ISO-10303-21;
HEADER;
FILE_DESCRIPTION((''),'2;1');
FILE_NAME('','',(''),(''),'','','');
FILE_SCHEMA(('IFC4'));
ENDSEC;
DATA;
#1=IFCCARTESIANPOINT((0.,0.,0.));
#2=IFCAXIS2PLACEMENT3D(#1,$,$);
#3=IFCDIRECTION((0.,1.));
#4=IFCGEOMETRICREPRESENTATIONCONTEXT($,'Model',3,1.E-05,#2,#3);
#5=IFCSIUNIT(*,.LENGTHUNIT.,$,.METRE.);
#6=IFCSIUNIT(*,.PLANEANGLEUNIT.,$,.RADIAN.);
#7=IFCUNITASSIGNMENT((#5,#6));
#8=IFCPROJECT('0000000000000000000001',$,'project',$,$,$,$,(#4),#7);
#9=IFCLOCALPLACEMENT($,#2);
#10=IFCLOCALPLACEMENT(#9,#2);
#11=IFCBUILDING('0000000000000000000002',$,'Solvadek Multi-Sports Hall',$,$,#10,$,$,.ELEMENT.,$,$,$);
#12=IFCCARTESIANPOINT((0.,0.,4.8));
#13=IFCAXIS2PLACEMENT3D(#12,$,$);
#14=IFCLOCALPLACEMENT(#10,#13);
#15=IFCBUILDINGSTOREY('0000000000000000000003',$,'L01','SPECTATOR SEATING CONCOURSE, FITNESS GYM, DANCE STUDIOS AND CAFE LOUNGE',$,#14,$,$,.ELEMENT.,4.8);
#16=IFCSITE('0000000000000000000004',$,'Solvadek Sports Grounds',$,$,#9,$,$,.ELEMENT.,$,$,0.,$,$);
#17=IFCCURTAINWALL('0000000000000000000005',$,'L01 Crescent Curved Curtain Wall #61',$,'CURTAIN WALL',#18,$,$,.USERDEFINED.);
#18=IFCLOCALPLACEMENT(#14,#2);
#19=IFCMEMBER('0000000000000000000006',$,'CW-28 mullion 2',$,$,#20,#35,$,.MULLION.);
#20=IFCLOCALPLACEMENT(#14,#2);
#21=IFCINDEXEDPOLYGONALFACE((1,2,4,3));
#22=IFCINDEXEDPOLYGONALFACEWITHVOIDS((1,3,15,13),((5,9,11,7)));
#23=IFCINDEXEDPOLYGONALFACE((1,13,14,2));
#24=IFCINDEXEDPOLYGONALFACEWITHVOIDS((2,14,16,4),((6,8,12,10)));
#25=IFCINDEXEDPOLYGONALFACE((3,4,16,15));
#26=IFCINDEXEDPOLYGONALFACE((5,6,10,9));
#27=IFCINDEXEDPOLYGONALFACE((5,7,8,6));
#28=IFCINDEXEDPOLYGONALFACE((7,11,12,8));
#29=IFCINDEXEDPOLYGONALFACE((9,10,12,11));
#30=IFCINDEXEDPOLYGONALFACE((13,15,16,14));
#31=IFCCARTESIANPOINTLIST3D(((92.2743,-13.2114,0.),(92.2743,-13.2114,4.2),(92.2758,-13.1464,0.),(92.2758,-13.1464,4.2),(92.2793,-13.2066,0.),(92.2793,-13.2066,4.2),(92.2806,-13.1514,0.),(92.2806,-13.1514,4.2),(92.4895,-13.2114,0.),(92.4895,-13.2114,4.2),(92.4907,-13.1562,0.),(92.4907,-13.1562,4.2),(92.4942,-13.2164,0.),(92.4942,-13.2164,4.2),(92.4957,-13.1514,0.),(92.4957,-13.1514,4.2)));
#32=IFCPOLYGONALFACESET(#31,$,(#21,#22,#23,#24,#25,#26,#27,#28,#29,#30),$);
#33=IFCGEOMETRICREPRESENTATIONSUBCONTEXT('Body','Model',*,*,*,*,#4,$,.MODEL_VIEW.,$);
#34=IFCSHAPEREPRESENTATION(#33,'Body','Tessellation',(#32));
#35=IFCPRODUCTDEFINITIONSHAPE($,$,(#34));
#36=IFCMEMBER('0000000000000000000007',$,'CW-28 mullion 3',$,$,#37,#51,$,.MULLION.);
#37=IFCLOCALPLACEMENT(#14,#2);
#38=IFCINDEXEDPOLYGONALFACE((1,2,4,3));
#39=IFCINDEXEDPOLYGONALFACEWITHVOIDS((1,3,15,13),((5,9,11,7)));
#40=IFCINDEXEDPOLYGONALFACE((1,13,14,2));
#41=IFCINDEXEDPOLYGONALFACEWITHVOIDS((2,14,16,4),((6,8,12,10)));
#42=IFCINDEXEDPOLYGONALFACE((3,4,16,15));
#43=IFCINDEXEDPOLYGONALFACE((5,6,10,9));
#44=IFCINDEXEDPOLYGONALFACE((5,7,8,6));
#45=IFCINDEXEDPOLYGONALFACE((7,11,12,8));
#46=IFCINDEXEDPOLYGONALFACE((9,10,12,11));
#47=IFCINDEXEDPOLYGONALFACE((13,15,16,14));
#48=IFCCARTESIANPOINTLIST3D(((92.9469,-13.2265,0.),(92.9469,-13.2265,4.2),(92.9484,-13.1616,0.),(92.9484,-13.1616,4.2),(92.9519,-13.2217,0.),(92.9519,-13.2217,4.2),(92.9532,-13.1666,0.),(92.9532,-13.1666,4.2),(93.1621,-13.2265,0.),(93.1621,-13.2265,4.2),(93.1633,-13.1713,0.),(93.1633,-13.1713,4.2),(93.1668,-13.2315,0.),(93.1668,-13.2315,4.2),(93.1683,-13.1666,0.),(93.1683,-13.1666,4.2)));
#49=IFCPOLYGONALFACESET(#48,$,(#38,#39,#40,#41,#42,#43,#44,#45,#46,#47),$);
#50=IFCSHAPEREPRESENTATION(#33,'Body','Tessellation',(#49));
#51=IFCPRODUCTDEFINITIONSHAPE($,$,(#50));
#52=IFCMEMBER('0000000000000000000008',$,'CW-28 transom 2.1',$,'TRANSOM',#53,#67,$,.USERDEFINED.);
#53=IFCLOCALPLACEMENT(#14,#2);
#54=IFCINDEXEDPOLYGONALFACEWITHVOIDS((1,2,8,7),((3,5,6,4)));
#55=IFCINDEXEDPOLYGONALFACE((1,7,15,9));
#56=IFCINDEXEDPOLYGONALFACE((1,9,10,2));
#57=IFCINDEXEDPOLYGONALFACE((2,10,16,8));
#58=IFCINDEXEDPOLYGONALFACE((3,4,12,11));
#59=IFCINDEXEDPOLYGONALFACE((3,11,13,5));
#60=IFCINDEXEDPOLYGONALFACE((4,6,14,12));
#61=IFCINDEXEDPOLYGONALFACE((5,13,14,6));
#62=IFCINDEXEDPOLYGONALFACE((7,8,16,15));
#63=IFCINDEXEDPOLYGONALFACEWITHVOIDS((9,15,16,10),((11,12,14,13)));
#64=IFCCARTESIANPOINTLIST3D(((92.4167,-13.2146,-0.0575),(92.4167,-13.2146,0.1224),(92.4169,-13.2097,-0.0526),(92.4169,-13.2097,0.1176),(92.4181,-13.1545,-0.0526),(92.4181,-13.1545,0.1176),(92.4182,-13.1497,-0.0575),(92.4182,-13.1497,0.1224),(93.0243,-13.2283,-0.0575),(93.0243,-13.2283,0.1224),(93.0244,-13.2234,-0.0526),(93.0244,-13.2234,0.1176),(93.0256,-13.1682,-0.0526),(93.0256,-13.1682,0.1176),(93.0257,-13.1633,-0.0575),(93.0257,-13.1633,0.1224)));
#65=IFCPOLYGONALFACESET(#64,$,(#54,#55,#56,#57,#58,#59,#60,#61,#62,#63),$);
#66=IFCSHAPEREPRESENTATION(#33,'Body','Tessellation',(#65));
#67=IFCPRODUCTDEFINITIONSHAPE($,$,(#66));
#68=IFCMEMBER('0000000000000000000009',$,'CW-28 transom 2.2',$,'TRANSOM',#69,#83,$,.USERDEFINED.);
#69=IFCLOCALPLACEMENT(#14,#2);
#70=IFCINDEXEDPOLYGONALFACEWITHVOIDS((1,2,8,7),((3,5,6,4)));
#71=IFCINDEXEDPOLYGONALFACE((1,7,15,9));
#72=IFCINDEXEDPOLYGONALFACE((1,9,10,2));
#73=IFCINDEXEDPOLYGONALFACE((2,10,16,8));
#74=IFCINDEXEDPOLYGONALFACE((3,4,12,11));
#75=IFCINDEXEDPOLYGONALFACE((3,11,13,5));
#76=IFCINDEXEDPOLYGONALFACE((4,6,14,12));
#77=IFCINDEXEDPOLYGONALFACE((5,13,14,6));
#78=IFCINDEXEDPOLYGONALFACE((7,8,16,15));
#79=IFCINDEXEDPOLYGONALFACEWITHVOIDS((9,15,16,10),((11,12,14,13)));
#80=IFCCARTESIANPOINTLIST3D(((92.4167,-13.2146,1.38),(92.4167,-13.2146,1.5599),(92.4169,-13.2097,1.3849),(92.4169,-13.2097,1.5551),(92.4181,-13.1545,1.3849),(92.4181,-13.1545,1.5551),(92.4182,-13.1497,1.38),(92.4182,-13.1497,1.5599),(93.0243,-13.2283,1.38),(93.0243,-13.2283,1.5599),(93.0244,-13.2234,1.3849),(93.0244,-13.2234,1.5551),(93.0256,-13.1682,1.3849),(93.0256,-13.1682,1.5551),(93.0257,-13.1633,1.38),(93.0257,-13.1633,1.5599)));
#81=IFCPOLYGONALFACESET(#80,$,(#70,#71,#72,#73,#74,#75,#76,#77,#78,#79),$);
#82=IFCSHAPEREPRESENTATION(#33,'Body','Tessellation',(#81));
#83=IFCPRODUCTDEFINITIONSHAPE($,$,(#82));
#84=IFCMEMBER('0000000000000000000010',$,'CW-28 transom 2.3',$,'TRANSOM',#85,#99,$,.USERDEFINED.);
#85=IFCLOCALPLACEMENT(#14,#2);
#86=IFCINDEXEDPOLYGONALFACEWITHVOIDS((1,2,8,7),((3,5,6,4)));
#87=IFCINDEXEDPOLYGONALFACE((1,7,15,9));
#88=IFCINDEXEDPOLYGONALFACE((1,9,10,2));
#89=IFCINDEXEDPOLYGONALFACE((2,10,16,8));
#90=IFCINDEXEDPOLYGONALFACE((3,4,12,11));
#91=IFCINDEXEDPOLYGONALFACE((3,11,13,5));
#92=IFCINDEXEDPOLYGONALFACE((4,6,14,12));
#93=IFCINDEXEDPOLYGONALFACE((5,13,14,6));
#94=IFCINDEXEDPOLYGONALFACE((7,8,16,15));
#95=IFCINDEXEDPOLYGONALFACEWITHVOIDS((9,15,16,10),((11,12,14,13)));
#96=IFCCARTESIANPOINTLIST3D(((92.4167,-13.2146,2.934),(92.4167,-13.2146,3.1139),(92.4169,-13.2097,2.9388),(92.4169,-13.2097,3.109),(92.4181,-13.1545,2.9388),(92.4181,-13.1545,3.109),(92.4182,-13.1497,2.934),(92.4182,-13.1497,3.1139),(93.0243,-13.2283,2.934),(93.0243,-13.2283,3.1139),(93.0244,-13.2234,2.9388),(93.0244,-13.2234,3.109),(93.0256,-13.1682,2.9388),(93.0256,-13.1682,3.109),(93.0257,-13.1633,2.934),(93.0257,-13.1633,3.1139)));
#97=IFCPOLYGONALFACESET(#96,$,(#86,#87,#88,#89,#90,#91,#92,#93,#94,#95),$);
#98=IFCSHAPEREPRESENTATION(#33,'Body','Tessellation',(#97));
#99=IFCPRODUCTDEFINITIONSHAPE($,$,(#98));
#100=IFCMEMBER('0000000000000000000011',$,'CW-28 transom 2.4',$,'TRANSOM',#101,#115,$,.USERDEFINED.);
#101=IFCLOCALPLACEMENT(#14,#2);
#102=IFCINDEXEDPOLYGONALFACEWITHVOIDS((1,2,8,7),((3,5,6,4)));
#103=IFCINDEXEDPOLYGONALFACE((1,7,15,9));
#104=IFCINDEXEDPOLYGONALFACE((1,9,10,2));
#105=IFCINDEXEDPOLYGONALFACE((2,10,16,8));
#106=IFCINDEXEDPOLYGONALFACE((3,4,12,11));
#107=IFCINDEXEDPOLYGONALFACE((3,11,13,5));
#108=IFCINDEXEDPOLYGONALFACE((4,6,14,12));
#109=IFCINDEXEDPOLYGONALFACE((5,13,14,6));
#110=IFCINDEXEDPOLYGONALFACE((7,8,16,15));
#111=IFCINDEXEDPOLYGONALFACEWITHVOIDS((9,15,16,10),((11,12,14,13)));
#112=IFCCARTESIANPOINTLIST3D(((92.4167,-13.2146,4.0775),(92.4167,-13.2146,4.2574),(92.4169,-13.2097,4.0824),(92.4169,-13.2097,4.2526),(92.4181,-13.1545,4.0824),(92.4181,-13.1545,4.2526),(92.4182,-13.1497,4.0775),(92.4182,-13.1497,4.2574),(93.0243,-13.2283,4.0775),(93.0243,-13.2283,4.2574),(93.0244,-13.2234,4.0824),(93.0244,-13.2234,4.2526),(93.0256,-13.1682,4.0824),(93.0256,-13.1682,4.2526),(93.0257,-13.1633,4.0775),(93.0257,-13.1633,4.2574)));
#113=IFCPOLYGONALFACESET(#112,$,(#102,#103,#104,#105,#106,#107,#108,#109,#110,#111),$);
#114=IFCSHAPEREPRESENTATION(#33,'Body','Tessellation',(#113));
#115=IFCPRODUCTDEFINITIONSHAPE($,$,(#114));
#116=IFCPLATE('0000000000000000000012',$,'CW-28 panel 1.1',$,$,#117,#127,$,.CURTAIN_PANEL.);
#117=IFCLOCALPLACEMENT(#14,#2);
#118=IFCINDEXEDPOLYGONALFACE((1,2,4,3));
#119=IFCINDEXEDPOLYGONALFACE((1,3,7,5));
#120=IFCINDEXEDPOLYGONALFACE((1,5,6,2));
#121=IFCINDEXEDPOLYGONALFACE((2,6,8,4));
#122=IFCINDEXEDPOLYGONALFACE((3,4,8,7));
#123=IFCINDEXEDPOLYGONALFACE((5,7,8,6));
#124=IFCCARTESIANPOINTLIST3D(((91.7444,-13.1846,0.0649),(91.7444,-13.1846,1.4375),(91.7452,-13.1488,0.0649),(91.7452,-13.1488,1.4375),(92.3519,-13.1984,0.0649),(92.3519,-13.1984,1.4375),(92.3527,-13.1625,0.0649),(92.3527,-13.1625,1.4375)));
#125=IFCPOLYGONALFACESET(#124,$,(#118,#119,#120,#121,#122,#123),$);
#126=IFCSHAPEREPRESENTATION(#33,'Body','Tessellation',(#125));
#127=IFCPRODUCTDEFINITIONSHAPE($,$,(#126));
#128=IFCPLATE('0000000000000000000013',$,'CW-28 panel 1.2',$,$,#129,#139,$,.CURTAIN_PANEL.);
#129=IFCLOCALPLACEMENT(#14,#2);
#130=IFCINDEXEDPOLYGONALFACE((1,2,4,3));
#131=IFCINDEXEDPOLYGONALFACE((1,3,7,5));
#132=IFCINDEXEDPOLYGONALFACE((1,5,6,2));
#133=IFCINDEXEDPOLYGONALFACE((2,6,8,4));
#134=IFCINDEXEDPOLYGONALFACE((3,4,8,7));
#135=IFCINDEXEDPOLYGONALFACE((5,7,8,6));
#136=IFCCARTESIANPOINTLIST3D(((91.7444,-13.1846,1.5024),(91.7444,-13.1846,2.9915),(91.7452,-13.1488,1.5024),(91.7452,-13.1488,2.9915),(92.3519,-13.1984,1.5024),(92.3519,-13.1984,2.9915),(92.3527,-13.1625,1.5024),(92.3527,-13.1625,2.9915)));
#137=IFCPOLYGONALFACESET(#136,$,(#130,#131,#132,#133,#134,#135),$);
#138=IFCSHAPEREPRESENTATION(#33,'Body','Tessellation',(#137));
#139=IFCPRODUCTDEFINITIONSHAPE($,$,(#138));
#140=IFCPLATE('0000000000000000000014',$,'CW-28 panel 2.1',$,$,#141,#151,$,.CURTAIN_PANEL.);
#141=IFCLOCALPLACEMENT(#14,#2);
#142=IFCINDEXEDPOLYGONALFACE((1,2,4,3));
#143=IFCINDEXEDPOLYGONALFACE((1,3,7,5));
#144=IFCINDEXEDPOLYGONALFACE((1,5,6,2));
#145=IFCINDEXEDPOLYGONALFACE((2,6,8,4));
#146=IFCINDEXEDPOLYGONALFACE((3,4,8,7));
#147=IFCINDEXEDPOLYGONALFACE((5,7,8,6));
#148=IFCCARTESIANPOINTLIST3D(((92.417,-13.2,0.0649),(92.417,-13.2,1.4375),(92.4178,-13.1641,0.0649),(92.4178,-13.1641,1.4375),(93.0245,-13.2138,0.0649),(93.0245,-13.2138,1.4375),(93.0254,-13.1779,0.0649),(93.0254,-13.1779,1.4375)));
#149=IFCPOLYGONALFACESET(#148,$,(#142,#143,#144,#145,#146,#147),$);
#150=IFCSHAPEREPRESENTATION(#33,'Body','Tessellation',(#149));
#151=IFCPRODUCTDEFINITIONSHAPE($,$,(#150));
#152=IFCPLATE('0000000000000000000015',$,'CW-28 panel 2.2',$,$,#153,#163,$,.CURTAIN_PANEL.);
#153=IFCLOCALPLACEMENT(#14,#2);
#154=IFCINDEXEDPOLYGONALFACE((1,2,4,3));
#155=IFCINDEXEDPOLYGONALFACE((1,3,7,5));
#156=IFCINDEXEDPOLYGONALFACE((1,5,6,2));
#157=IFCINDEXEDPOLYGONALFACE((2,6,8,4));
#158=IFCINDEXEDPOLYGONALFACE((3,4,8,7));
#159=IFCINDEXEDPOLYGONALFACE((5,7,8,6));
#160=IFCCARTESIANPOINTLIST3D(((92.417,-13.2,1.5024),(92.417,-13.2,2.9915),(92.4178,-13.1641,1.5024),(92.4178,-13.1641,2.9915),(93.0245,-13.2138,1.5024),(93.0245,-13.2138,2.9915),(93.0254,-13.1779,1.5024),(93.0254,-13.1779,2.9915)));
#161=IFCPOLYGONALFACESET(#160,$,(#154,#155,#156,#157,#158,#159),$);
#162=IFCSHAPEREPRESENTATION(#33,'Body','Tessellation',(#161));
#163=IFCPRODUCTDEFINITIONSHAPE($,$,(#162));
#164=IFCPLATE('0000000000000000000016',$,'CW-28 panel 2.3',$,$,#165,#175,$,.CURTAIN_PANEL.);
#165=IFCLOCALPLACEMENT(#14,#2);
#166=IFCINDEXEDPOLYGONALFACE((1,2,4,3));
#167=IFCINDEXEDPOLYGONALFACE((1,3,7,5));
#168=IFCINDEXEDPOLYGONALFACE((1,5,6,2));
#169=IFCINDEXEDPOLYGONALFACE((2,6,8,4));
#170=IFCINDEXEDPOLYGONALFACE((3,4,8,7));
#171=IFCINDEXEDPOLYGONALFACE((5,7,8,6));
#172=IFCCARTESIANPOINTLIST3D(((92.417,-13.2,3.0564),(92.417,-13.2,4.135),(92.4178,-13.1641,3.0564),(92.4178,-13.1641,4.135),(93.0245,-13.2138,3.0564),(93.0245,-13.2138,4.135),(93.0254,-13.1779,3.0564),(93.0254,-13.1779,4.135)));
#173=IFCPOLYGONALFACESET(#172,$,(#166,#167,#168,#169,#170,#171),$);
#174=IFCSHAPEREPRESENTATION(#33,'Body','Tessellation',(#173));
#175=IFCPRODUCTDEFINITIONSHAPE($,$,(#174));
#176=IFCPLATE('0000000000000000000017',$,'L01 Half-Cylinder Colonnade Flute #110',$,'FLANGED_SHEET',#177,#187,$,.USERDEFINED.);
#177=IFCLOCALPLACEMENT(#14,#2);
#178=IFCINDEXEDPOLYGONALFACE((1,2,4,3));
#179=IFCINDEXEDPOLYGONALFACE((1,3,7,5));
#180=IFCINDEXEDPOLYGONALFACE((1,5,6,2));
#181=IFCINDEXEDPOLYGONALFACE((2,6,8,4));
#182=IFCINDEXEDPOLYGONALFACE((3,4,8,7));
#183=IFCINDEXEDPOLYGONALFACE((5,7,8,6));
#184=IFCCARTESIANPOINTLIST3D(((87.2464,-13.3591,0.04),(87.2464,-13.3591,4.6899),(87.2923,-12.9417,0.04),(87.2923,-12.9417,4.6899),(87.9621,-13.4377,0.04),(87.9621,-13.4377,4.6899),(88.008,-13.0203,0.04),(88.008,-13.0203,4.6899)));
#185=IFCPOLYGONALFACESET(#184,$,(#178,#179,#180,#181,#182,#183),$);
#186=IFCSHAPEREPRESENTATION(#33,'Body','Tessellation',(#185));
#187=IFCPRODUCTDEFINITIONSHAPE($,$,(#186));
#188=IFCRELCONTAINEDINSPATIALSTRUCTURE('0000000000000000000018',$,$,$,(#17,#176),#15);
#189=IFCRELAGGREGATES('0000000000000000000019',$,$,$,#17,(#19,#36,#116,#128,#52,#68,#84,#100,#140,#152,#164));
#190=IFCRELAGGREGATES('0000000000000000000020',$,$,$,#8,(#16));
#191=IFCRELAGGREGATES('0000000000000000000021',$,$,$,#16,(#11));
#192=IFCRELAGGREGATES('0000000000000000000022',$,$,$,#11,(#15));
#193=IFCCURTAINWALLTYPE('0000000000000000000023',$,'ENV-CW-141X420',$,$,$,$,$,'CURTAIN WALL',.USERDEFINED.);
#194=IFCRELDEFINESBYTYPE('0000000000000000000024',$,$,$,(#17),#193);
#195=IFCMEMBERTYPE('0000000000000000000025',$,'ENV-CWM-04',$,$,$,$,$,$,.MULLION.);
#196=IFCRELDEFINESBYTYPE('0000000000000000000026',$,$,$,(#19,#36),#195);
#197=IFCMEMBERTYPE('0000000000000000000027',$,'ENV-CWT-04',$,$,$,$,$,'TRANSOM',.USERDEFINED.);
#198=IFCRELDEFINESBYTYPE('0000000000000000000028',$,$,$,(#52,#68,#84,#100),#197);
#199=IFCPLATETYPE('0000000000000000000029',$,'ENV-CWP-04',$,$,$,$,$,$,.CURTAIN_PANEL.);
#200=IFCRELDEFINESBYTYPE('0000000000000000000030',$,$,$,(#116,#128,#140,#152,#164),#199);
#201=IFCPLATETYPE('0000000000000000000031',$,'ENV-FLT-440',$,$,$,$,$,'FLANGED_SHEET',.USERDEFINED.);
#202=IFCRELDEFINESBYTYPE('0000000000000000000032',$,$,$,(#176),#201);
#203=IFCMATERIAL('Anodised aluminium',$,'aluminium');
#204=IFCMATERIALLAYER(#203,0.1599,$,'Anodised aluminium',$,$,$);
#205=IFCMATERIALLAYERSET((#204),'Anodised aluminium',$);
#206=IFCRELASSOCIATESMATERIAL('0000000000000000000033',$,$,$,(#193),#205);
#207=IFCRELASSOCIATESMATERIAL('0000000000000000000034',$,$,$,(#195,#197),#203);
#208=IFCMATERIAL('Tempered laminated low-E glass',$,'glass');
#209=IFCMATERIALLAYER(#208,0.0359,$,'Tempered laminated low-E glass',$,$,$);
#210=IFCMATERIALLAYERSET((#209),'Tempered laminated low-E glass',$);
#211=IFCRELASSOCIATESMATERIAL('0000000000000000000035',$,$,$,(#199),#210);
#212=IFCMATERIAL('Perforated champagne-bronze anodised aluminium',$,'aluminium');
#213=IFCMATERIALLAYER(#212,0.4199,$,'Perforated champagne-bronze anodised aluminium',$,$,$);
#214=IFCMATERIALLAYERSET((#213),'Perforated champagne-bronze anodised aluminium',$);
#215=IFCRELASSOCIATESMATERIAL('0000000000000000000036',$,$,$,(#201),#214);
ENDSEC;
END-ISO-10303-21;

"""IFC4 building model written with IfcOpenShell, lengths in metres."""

from ifc_helpers import new_model, si_unit, direction, frame, origin, origin_2d, place, context, subcontext, project, spatial, rectangle, hollow_rectangle, extrude, material, layer, layer_set, material_profile, profile_set, type_object, element, aggregate, save


model = new_model("IFC4")

# Units and contexts
model_context = context("Model", 3, precision=1e-05, world=origin(), true_north=direction((0.0, 1.0)))
body_context = subcontext(model_context, "Body", "Model", "MODEL_VIEW")
ifc_project = project(units=[si_unit("LENGTHUNIT", "METRE"), si_unit("PLANEANGLEUNIT", "RADIAN")], contexts=[model_context])

# Site, building, storey
site_placement = place(None, origin())
site = spatial("IfcSite", under=ifc_project, at=site_placement, Name="Solvadek Sports Grounds", CompositionType="ELEMENT", RefElevation=0.0)
building_placement = place(site_placement, origin())
building = spatial("IfcBuilding", under=site, at=building_placement, Name="Solvadek Multi-Sports Hall", CompositionType="ELEMENT")
storey_placement = place(building_placement, frame((0.0, 0.0, 4.8)))
storey = spatial("IfcBuildingStorey", under=building, at=storey_placement, Name="L01", Description="SPECTATOR SEATING CONCOURSE, FITNESS GYM, DANCE STUDIOS AND CAFE LOUNGE", CompositionType="ELEMENT", Elevation=4.8)

# Curtain wall, members, plates
ifc_material_1 = material(Name="Anodised aluminium", Category="aluminium")
ifc_layer_1 = layer(ifc_material_1, 0.1599, Name="Anodised aluminium")
ifc_layer_set_1 = layer_set([ifc_layer_1], Name="Anodised aluminium")
curtain_wall_type = type_object("IfcCurtainWallType", Name="ENV-CW-141X420", ElementType="CURTAIN WALL", PredefinedType="USERDEFINED", material=ifc_layer_set_1)
curtain_wall_placement = place(storey_placement, origin())
curtain_wall = element("IfcCurtainWall", 1, at=curtain_wall_placement, inside=storey, type_object=curtain_wall_type, Name="L01 Crescent Curved Curtain Wall #61", ObjectType="CURTAIN WALL", PredefinedType="USERDEFINED")
ifc_material_profile_1 = material_profile(ifc_material_1, hollow_rectangle(XDim=0.0649, YDim=0.22, WallThickness=0.0049, at=origin_2d()), Name="ALU-M 220x65x5")
ifc_profile_set_1 = profile_set([ifc_material_profile_1], Name="Anodised aluminium")
member_type_1 = type_object("IfcMemberType", Name="ENV-CWM-04", PredefinedType="MULLION", material=ifc_profile_set_1)
member_1_placement = place(storey_placement, frame((92.385, -13.1814, 0.0), z_axis=(0.0, 0.0, 1.0), x_axis=(0.022688, 0.999743, 0.0)))
member_1 = element("IfcMember", 2, at=member_1_placement, type_object=member_type_1, Name="CW-28 mullion 2", PredefinedType="MULLION", context=body_context, shape_type="SweptSolid", body=[
    extrude(hollow_rectangle(XDim=0.0649, YDim=0.22, WallThickness=0.0049, at=origin_2d()), origin(), (0.0, 0.0, 1.0), 4.2),
])
member_2_placement = place(storey_placement, frame((93.0576, -13.1965, 0.0), z_axis=(0.0, 0.0, 1.0), x_axis=(0.022688, 0.999743, 0.0)))
member_2 = element("IfcMember", 3, at=member_2_placement, type_object=member_type_1, Name="CW-28 mullion 3", PredefinedType="MULLION", context=body_context, shape_type="SweptSolid", body=[
    extrude(hollow_rectangle(XDim=0.0649, YDim=0.22, WallThickness=0.0049, at=origin_2d()), origin(), (0.0, 0.0, 1.0), 4.2),
])
ifc_material_profile_2 = material_profile(ifc_material_1, hollow_rectangle(XDim=0.0649, YDim=0.1799, WallThickness=0.0049, at=origin_2d()), Name="ALU-T 180x65x5")
ifc_profile_set_2 = profile_set([ifc_material_profile_2], Name="Anodised aluminium")
member_type_2 = type_object("IfcMemberType", Name="ENV-CWT-04", ElementType="TRANSOM", PredefinedType="USERDEFINED", material=ifc_profile_set_2)
member_3_placement = place(storey_placement, frame((92.4175, -13.1821, 0.0325), z_axis=(0.999747, -0.022502, 0.0), x_axis=(0.022502, 0.999747, 0.0)))
member_3 = element("IfcMember", 4, at=member_3_placement, type_object=member_type_2, Name="CW-28 transom 2.1", ObjectType="TRANSOM", PredefinedType="USERDEFINED", context=body_context, shape_type="SweptSolid", body=[
    extrude(hollow_rectangle(XDim=0.0649, YDim=0.1799, WallThickness=0.0049, at=origin_2d()), origin(), (0.0, 0.0, 1.0), 0.6077),
])
member_4_placement = place(storey_placement, frame((92.4175, -13.1821, 1.47), z_axis=(0.999747, -0.022502, 0.0), x_axis=(0.022502, 0.999747, 0.0)))
member_4 = element("IfcMember", 5, at=member_4_placement, type_object=member_type_2, Name="CW-28 transom 2.2", ObjectType="TRANSOM", PredefinedType="USERDEFINED", context=body_context, shape_type="SweptSolid", body=[
    extrude(hollow_rectangle(XDim=0.0649, YDim=0.1799, WallThickness=0.0049, at=origin_2d()), origin(), (0.0, 0.0, 1.0), 0.6077),
])
member_5_placement = place(storey_placement, frame((92.4175, -13.1821, 3.0239), z_axis=(0.999747, -0.022502, 0.0), x_axis=(0.022502, 0.999747, 0.0)))
member_5 = element("IfcMember", 6, at=member_5_placement, type_object=member_type_2, Name="CW-28 transom 2.3", ObjectType="TRANSOM", PredefinedType="USERDEFINED", context=body_context, shape_type="SweptSolid", body=[
    extrude(hollow_rectangle(XDim=0.0649, YDim=0.1799, WallThickness=0.0049, at=origin_2d()), origin(), (0.0, 0.0, 1.0), 0.6077),
])
member_6_placement = place(storey_placement, frame((92.4175, -13.1821, 4.1675), z_axis=(0.999747, -0.022502, 0.0), x_axis=(0.022502, 0.999747, 0.0)))
member_6 = element("IfcMember", 7, at=member_6_placement, type_object=member_type_2, Name="CW-28 transom 2.4", ObjectType="TRANSOM", PredefinedType="USERDEFINED", context=body_context, shape_type="SweptSolid", body=[
    extrude(hollow_rectangle(XDim=0.0649, YDim=0.1799, WallThickness=0.0049, at=origin_2d()), origin(), (0.0, 0.0, 1.0), 0.6077),
])
ifc_material_2 = material(Name="Tempered laminated low-E glass", Category="glass")
ifc_layer_2 = layer(ifc_material_2, 0.0359, Name="Tempered laminated low-E glass")
ifc_layer_set_2 = layer_set([ifc_layer_2], Name="Tempered laminated low-E glass")
plate_type_1 = type_object("IfcPlateType", Name="ENV-CWP-04", PredefinedType="CURTAIN_PANEL", material=ifc_layer_set_2)
plate_1_placement = place(storey_placement, frame((92.0486, -13.1736, 0.0649), z_axis=(0.0, 0.0, 1.0), x_axis=(0.999743, -0.022688, 0.0)))
plate_1 = element("IfcPlate", 8, at=plate_1_placement, type_object=plate_type_1, Name="CW-28 panel 1.1", PredefinedType="CURTAIN_PANEL", context=body_context, shape_type="SweptSolid", body=[
    extrude(rectangle(XDim=0.6077, YDim=0.0359, at=origin_2d()), origin(), (0.0, 0.0, 1.0), 1.3726),
])
plate_2_placement = place(storey_placement, frame((92.0486, -13.1736, 1.5024), z_axis=(0.0, 0.0, 1.0), x_axis=(0.999743, -0.022688, 0.0)))
plate_2 = element("IfcPlate", 9, at=plate_2_placement, type_object=plate_type_1, Name="CW-28 panel 1.2", PredefinedType="CURTAIN_PANEL", context=body_context, shape_type="SweptSolid", body=[
    extrude(rectangle(XDim=0.6077, YDim=0.0359, at=origin_2d()), origin(), (0.0, 0.0, 1.0), 1.489),
])
plate_3_placement = place(storey_placement, frame((92.7212, -13.189, 0.0649), z_axis=(0.0, 0.0, 1.0), x_axis=(0.999743, -0.022688, 0.0)))
plate_3 = element("IfcPlate", 10, at=plate_3_placement, type_object=plate_type_1, Name="CW-28 panel 2.1", PredefinedType="CURTAIN_PANEL", context=body_context, shape_type="SweptSolid", body=[
    extrude(rectangle(XDim=0.6077, YDim=0.0359, at=origin_2d()), origin(), (0.0, 0.0, 1.0), 1.3726),
])
plate_4_placement = place(storey_placement, frame((92.7212, -13.189, 1.5024), z_axis=(0.0, 0.0, 1.0), x_axis=(0.999743, -0.022688, 0.0)))
plate_4 = element("IfcPlate", 11, at=plate_4_placement, type_object=plate_type_1, Name="CW-28 panel 2.2", PredefinedType="CURTAIN_PANEL", context=body_context, shape_type="SweptSolid", body=[
    extrude(rectangle(XDim=0.6077, YDim=0.0359, at=origin_2d()), origin(), (0.0, 0.0, 1.0), 1.489),
])
plate_5_placement = place(storey_placement, frame((92.7212, -13.189, 3.0564), z_axis=(0.0, 0.0, 1.0), x_axis=(0.999743, -0.022688, 0.0)))
plate_5 = element("IfcPlate", 12, at=plate_5_placement, type_object=plate_type_1, Name="CW-28 panel 2.3", PredefinedType="CURTAIN_PANEL", context=body_context, shape_type="SweptSolid", body=[
    extrude(rectangle(XDim=0.6077, YDim=0.0359, at=origin_2d()), origin(), (0.0, 0.0, 1.0), 1.0786),
])
aggregate(curtain_wall, [member_1, member_2, plate_1, plate_2, member_3, member_4, member_5, member_6, plate_3, plate_4, plate_5])

# Plate
ifc_material_3 = material(Name="Perforated champagne-bronze anodised aluminium", Category="aluminium")
ifc_layer_3 = layer(ifc_material_3, 0.4199, Name="Perforated champagne-bronze anodised aluminium")
ifc_layer_set_3 = layer_set([ifc_layer_3], Name="Perforated champagne-bronze anodised aluminium")
plate_type_2 = type_object("IfcPlateType", Name="ENV-FLT-440", ElementType="FLANGED_SHEET", PredefinedType="USERDEFINED", material=ifc_layer_set_3)
for number, where, z_axis, x_axis, name in (
    (13, (87.6272, -13.1897, 0.04), (0.0, 0.0, 1.0), (0.994011, -0.109282, 0.0), "L01 Half-Cylinder Colonnade Flute #110"),
):
    element("IfcPlate", number, at=place(storey_placement, frame(where, z_axis=z_axis, x_axis=x_axis)), inside=storey, type_object=plate_type_2, Name=name, ObjectType="FLANGED_SHEET", PredefinedType="USERDEFINED", context=body_context, shape_type="SweptSolid", body=[
        extrude(rectangle(XDim=0.72, YDim=0.4199, at=origin_2d()), origin(), (0.0, 0.0, 1.0), 4.6499),
    ])

save(model, "model.ifc")
